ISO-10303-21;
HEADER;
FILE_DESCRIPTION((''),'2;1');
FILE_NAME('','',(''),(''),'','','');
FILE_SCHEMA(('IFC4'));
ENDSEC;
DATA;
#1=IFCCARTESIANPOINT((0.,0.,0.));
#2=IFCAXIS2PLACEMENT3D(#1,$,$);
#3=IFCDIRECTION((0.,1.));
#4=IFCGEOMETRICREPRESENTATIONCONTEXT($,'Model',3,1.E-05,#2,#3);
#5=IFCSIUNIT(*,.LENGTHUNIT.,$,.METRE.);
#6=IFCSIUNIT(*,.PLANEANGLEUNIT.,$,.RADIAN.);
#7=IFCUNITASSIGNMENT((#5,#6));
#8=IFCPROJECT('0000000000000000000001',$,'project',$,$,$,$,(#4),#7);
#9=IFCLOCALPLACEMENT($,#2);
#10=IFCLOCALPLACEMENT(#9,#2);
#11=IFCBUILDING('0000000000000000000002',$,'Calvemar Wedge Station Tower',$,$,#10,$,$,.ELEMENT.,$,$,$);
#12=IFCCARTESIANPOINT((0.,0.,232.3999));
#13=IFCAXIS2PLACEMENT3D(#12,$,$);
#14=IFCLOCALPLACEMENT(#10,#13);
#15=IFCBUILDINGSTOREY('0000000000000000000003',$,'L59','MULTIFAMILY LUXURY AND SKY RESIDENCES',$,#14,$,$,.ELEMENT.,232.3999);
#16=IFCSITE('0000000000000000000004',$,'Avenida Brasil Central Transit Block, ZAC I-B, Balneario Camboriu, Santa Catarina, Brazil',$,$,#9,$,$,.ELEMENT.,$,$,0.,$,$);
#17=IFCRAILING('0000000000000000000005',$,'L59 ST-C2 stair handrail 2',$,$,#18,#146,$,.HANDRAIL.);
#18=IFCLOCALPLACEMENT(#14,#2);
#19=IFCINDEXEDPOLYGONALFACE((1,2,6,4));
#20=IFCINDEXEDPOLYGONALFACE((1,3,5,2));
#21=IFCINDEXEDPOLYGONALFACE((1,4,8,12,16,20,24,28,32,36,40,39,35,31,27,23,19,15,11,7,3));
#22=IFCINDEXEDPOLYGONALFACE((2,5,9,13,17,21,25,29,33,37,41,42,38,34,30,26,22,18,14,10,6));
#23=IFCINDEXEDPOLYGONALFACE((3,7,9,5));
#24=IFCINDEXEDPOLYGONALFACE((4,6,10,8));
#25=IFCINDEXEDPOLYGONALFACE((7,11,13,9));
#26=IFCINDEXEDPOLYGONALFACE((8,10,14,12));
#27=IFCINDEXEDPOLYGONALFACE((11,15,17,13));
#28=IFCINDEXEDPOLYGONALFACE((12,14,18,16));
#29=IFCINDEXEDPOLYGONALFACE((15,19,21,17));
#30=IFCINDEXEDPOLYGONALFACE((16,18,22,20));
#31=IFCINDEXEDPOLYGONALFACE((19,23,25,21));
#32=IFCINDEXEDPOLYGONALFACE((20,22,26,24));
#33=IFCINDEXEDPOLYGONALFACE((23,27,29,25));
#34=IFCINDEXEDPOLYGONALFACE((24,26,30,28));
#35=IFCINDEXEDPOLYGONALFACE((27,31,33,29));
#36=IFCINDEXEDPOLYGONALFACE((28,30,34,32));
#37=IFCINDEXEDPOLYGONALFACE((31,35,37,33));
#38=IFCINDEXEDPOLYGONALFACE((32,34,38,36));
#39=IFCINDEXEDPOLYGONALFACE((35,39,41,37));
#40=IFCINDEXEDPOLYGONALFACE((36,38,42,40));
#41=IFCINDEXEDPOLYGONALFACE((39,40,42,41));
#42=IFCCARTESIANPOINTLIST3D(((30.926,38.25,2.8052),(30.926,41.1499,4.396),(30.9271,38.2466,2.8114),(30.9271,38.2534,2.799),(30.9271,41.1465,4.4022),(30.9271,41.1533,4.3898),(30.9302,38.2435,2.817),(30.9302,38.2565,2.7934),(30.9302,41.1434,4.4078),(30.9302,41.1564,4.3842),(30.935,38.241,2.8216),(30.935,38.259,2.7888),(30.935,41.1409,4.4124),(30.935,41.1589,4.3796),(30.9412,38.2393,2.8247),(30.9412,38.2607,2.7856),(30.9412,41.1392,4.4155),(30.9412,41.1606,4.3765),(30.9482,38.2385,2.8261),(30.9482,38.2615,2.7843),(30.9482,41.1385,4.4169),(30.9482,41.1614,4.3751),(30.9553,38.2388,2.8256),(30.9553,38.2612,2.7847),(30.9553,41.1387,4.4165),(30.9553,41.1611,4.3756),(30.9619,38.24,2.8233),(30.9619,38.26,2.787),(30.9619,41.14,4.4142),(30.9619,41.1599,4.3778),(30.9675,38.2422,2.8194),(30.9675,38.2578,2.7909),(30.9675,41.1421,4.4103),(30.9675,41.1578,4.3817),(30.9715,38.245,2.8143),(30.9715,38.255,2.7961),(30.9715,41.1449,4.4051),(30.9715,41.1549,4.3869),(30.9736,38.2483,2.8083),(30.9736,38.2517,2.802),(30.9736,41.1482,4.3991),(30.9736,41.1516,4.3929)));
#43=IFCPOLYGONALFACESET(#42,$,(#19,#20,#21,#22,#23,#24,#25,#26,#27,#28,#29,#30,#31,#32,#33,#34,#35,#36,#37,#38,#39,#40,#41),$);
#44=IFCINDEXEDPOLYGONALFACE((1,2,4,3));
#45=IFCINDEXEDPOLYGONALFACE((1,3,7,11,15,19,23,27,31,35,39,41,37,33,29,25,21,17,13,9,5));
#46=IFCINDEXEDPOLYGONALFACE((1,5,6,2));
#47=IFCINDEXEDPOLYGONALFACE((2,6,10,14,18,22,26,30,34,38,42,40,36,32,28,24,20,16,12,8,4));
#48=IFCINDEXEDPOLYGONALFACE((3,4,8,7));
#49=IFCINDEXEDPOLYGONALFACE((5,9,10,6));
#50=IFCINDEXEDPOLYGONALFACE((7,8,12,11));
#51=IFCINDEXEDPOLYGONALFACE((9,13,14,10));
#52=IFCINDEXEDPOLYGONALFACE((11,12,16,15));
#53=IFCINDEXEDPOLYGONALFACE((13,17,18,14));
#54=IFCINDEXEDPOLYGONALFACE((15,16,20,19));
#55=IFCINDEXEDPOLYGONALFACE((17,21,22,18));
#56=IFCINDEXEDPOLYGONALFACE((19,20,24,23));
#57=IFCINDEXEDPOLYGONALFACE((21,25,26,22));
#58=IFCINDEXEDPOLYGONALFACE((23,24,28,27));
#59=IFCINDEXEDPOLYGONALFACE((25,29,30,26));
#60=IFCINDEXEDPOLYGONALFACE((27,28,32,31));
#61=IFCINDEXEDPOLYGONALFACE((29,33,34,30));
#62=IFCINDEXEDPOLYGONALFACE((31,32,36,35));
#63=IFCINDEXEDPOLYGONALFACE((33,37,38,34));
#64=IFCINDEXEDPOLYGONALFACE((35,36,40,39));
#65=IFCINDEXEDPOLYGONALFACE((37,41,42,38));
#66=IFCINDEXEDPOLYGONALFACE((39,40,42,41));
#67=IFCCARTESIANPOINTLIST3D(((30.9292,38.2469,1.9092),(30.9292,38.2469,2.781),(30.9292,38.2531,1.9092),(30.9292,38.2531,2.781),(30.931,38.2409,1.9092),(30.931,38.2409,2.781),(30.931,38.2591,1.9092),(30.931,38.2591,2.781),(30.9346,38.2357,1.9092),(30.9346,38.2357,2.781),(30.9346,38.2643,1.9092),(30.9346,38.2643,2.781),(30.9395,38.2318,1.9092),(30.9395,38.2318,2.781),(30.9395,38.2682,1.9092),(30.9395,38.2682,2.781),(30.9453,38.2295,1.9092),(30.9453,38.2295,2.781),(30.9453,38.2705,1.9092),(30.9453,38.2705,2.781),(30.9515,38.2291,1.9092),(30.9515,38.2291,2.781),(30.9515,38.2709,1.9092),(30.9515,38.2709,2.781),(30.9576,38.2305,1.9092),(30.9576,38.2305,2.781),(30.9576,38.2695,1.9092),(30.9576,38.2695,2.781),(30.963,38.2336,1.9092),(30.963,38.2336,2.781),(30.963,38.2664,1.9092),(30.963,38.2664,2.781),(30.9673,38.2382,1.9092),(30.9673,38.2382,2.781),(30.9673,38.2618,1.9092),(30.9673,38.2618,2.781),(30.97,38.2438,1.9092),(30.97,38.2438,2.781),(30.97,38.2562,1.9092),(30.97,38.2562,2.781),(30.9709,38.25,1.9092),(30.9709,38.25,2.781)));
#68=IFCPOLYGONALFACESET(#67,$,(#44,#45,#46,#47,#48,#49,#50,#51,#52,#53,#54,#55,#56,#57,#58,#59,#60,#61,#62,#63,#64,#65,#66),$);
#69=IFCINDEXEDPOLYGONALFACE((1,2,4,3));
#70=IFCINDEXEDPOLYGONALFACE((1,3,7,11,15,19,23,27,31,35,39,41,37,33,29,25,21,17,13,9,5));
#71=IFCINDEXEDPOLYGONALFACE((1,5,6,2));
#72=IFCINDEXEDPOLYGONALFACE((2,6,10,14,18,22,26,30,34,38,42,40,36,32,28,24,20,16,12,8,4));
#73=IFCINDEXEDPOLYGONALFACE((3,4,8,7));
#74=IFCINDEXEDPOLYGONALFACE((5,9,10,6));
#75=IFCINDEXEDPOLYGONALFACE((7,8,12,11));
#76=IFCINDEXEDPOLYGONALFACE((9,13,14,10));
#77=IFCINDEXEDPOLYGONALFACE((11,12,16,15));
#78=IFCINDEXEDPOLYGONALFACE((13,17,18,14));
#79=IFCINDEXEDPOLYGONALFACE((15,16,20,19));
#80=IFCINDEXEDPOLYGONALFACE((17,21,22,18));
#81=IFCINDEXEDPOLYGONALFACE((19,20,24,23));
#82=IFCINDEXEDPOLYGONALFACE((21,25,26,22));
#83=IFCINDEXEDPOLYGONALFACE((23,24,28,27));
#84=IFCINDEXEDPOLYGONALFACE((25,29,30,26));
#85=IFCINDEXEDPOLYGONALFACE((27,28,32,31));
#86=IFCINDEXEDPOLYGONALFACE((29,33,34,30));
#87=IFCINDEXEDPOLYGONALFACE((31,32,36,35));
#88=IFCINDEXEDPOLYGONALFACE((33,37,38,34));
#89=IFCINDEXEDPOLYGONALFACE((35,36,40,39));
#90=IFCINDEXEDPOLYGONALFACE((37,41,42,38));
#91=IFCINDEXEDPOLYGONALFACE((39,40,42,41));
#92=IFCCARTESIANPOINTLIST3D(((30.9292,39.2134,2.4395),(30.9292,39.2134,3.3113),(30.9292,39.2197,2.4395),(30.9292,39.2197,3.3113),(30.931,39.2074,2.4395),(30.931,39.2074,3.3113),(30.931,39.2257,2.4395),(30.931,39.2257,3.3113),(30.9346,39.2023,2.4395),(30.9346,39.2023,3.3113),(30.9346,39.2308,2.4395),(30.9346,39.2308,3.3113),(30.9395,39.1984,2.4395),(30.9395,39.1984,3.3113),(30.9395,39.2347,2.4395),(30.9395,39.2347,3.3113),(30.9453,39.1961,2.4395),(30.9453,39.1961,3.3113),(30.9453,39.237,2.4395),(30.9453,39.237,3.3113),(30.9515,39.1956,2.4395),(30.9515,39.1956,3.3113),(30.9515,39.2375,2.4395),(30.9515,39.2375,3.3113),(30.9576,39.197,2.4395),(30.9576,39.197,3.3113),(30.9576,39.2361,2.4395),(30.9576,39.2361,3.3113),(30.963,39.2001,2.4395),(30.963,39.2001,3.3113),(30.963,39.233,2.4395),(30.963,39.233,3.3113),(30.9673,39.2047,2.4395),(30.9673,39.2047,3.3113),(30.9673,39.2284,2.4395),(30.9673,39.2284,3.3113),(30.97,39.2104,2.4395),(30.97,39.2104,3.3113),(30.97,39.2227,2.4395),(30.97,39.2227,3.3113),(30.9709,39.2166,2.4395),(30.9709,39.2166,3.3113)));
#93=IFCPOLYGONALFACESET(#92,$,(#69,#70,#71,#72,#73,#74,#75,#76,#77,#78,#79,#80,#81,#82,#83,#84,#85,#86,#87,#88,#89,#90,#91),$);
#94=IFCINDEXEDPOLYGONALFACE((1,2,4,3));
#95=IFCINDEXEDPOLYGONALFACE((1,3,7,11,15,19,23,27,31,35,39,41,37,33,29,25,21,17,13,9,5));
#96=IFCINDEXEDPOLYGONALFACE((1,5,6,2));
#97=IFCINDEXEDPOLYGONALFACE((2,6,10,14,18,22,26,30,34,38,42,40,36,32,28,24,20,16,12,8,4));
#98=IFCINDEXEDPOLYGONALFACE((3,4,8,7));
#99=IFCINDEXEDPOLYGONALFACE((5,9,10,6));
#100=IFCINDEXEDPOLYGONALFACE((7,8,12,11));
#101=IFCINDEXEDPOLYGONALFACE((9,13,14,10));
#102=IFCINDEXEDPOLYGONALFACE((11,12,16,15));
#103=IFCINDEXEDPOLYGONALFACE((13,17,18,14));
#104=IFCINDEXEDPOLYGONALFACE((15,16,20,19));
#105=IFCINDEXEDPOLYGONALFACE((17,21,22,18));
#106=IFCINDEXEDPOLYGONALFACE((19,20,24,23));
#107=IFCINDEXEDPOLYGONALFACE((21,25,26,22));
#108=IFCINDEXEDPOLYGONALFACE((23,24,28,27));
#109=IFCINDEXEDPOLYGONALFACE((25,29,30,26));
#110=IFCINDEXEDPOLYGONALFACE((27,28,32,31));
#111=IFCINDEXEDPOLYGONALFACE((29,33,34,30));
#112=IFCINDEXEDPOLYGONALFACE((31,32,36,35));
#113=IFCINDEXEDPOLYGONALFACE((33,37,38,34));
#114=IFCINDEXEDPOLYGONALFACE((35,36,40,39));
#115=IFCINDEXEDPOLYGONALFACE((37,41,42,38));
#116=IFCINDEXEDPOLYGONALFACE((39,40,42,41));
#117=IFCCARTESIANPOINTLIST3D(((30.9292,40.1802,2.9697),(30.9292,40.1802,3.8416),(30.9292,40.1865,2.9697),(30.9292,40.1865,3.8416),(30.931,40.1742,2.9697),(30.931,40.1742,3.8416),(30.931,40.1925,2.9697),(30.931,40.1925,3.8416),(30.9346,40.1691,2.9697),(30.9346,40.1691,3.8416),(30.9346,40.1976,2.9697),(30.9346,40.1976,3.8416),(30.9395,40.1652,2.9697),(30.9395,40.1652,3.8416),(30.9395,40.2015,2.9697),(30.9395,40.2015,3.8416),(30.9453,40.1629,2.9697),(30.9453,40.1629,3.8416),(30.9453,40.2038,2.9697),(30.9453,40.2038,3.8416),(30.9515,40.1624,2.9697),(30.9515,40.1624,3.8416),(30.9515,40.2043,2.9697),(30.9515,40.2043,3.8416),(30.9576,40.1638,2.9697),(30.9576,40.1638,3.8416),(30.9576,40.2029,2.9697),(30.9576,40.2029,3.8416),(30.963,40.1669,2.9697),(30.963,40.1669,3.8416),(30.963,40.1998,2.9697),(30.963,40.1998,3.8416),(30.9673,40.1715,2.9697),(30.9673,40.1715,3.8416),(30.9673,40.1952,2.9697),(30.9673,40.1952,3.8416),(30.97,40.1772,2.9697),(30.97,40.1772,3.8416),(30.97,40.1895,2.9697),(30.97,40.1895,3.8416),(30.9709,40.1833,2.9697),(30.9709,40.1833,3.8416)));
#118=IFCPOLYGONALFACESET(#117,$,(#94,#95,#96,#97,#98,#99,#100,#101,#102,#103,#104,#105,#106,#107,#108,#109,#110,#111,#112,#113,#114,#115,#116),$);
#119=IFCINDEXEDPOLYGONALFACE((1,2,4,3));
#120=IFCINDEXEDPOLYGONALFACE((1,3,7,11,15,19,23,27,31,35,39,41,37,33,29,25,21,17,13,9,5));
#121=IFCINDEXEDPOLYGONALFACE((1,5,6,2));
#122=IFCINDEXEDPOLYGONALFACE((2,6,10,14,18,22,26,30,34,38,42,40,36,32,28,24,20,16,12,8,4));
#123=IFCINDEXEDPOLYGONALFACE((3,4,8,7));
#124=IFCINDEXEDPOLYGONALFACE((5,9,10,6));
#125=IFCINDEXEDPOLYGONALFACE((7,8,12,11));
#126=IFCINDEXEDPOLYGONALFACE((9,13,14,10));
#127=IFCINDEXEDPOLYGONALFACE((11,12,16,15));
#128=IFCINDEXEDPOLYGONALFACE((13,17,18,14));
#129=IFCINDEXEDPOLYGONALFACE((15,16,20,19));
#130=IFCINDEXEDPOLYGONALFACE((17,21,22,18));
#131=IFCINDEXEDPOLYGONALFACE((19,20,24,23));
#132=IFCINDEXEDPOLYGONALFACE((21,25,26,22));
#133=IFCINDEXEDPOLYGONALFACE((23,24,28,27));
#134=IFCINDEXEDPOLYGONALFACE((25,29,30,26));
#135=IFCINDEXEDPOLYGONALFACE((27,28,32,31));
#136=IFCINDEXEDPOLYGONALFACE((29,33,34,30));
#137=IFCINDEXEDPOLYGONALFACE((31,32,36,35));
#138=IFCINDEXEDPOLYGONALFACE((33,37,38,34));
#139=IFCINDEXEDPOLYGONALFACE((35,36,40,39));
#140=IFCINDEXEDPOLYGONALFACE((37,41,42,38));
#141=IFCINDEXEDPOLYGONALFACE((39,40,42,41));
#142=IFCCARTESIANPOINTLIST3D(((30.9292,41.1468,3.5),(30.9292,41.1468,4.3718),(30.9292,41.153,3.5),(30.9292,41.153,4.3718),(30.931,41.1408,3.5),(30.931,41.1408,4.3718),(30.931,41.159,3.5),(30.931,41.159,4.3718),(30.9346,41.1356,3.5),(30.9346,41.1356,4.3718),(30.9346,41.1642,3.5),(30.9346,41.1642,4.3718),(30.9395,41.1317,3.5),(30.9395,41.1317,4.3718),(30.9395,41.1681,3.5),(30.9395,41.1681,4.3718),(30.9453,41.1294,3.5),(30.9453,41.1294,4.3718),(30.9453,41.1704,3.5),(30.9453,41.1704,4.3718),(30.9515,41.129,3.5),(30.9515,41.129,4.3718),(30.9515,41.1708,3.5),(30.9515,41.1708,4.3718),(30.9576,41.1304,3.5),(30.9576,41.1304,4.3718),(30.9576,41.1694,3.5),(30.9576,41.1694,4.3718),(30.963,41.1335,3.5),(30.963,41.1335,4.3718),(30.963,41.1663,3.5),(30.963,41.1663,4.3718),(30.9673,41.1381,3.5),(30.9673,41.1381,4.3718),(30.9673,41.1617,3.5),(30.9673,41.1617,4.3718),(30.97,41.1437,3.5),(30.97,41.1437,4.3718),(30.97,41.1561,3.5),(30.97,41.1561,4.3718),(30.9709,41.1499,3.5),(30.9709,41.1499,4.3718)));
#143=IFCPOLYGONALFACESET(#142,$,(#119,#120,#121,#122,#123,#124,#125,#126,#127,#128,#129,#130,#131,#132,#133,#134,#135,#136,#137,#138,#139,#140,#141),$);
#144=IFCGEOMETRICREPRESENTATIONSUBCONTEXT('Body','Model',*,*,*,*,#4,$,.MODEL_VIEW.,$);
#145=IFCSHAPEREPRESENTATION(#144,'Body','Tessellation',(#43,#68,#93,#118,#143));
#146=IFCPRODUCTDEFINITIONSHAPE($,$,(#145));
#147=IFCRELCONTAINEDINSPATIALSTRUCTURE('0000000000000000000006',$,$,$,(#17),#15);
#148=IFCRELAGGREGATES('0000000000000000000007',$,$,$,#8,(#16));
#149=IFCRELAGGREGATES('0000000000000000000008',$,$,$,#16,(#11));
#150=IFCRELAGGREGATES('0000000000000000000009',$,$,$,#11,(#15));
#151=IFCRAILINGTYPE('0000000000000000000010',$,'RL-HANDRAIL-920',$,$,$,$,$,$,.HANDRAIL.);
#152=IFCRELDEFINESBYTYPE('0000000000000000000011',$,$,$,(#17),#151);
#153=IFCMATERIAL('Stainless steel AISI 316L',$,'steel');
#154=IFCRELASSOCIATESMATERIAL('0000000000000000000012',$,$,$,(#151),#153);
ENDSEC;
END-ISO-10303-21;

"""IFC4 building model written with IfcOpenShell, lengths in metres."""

from ifc_helpers import new_model, si_unit, direction, frame, origin, origin_2d, place, context, subcontext, project, spatial, circle, extrude, material, type_object, element, save


model = new_model("IFC4")

# Units and contexts
model_context = context("Model", 3, precision=1e-05, world=origin(), true_north=direction((0.0, 1.0)))
body_context = subcontext(model_context, "Body", "Model", "MODEL_VIEW")
ifc_project = project(units=[si_unit("LENGTHUNIT", "METRE"), si_unit("PLANEANGLEUNIT", "RADIAN")], contexts=[model_context])

# Site, building, storey
site_placement = place(None, origin())
site = spatial("IfcSite", under=ifc_project, at=site_placement, Name="Avenida Brasil Central Transit Block, ZAC I-B, Balneario Camboriu, Santa Catarina, Brazil", CompositionType="ELEMENT", RefElevation=0.0)
building_placement = place(site_placement, origin())
building = spatial("IfcBuilding", under=site, at=building_placement, Name="Calvemar Wedge Station Tower", CompositionType="ELEMENT")
storey_placement = place(building_placement, frame((0.0, 0.0, 232.3999)))
storey = spatial("IfcBuildingStorey", under=building, at=storey_placement, Name="L59", Description="MULTIFAMILY LUXURY AND SKY RESIDENCES", CompositionType="ELEMENT", Elevation=232.3999)

# Railing
ifc_material_1 = material(Name="Stainless steel AISI 316L", Category="steel")
railing_type = type_object("IfcRailingType", Name="RL-HANDRAIL-920", PredefinedType="HANDRAIL", material=ifc_material_1)
railing_placement = place(storey_placement, frame((30.95, 38.25, 1.9092)))
element("IfcRailing", 1, at=railing_placement, inside=storey, type_object=railing_type, Name="L59 ST-C2 stair handrail 2", PredefinedType="HANDRAIL", context=body_context, shape_type="SweptSolid", body=[
    extrude(circle(Radius=0.0239, at=origin_2d()), frame((0.0, 0.0, 0.896), z_axis=(0.0, 0.876742, 0.480961), x_axis=(-1.0, 0.0, 0.0)), (0.0, 0.0, 1.0), 3.3076),
    extrude(circle(Radius=0.021, at=origin_2d()), origin(), (0.0, 0.0, 1.0), 0.8718),
    extrude(circle(Radius=0.021, at=origin_2d()), frame((0.0, 0.9666, 0.5303)), (0.0, 0.0, 1.0), 0.8718),
    extrude(circle(Radius=0.021, at=origin_2d()), frame((0.0, 1.9333, 1.0605)), (0.0, 0.0, 1.0), 0.8718),
    extrude(circle(Radius=0.021, at=origin_2d()), frame((0.0, 2.8999, 1.5908)), (0.0, 0.0, 1.0), 0.8718),
])

save(model, "model.ifc")
